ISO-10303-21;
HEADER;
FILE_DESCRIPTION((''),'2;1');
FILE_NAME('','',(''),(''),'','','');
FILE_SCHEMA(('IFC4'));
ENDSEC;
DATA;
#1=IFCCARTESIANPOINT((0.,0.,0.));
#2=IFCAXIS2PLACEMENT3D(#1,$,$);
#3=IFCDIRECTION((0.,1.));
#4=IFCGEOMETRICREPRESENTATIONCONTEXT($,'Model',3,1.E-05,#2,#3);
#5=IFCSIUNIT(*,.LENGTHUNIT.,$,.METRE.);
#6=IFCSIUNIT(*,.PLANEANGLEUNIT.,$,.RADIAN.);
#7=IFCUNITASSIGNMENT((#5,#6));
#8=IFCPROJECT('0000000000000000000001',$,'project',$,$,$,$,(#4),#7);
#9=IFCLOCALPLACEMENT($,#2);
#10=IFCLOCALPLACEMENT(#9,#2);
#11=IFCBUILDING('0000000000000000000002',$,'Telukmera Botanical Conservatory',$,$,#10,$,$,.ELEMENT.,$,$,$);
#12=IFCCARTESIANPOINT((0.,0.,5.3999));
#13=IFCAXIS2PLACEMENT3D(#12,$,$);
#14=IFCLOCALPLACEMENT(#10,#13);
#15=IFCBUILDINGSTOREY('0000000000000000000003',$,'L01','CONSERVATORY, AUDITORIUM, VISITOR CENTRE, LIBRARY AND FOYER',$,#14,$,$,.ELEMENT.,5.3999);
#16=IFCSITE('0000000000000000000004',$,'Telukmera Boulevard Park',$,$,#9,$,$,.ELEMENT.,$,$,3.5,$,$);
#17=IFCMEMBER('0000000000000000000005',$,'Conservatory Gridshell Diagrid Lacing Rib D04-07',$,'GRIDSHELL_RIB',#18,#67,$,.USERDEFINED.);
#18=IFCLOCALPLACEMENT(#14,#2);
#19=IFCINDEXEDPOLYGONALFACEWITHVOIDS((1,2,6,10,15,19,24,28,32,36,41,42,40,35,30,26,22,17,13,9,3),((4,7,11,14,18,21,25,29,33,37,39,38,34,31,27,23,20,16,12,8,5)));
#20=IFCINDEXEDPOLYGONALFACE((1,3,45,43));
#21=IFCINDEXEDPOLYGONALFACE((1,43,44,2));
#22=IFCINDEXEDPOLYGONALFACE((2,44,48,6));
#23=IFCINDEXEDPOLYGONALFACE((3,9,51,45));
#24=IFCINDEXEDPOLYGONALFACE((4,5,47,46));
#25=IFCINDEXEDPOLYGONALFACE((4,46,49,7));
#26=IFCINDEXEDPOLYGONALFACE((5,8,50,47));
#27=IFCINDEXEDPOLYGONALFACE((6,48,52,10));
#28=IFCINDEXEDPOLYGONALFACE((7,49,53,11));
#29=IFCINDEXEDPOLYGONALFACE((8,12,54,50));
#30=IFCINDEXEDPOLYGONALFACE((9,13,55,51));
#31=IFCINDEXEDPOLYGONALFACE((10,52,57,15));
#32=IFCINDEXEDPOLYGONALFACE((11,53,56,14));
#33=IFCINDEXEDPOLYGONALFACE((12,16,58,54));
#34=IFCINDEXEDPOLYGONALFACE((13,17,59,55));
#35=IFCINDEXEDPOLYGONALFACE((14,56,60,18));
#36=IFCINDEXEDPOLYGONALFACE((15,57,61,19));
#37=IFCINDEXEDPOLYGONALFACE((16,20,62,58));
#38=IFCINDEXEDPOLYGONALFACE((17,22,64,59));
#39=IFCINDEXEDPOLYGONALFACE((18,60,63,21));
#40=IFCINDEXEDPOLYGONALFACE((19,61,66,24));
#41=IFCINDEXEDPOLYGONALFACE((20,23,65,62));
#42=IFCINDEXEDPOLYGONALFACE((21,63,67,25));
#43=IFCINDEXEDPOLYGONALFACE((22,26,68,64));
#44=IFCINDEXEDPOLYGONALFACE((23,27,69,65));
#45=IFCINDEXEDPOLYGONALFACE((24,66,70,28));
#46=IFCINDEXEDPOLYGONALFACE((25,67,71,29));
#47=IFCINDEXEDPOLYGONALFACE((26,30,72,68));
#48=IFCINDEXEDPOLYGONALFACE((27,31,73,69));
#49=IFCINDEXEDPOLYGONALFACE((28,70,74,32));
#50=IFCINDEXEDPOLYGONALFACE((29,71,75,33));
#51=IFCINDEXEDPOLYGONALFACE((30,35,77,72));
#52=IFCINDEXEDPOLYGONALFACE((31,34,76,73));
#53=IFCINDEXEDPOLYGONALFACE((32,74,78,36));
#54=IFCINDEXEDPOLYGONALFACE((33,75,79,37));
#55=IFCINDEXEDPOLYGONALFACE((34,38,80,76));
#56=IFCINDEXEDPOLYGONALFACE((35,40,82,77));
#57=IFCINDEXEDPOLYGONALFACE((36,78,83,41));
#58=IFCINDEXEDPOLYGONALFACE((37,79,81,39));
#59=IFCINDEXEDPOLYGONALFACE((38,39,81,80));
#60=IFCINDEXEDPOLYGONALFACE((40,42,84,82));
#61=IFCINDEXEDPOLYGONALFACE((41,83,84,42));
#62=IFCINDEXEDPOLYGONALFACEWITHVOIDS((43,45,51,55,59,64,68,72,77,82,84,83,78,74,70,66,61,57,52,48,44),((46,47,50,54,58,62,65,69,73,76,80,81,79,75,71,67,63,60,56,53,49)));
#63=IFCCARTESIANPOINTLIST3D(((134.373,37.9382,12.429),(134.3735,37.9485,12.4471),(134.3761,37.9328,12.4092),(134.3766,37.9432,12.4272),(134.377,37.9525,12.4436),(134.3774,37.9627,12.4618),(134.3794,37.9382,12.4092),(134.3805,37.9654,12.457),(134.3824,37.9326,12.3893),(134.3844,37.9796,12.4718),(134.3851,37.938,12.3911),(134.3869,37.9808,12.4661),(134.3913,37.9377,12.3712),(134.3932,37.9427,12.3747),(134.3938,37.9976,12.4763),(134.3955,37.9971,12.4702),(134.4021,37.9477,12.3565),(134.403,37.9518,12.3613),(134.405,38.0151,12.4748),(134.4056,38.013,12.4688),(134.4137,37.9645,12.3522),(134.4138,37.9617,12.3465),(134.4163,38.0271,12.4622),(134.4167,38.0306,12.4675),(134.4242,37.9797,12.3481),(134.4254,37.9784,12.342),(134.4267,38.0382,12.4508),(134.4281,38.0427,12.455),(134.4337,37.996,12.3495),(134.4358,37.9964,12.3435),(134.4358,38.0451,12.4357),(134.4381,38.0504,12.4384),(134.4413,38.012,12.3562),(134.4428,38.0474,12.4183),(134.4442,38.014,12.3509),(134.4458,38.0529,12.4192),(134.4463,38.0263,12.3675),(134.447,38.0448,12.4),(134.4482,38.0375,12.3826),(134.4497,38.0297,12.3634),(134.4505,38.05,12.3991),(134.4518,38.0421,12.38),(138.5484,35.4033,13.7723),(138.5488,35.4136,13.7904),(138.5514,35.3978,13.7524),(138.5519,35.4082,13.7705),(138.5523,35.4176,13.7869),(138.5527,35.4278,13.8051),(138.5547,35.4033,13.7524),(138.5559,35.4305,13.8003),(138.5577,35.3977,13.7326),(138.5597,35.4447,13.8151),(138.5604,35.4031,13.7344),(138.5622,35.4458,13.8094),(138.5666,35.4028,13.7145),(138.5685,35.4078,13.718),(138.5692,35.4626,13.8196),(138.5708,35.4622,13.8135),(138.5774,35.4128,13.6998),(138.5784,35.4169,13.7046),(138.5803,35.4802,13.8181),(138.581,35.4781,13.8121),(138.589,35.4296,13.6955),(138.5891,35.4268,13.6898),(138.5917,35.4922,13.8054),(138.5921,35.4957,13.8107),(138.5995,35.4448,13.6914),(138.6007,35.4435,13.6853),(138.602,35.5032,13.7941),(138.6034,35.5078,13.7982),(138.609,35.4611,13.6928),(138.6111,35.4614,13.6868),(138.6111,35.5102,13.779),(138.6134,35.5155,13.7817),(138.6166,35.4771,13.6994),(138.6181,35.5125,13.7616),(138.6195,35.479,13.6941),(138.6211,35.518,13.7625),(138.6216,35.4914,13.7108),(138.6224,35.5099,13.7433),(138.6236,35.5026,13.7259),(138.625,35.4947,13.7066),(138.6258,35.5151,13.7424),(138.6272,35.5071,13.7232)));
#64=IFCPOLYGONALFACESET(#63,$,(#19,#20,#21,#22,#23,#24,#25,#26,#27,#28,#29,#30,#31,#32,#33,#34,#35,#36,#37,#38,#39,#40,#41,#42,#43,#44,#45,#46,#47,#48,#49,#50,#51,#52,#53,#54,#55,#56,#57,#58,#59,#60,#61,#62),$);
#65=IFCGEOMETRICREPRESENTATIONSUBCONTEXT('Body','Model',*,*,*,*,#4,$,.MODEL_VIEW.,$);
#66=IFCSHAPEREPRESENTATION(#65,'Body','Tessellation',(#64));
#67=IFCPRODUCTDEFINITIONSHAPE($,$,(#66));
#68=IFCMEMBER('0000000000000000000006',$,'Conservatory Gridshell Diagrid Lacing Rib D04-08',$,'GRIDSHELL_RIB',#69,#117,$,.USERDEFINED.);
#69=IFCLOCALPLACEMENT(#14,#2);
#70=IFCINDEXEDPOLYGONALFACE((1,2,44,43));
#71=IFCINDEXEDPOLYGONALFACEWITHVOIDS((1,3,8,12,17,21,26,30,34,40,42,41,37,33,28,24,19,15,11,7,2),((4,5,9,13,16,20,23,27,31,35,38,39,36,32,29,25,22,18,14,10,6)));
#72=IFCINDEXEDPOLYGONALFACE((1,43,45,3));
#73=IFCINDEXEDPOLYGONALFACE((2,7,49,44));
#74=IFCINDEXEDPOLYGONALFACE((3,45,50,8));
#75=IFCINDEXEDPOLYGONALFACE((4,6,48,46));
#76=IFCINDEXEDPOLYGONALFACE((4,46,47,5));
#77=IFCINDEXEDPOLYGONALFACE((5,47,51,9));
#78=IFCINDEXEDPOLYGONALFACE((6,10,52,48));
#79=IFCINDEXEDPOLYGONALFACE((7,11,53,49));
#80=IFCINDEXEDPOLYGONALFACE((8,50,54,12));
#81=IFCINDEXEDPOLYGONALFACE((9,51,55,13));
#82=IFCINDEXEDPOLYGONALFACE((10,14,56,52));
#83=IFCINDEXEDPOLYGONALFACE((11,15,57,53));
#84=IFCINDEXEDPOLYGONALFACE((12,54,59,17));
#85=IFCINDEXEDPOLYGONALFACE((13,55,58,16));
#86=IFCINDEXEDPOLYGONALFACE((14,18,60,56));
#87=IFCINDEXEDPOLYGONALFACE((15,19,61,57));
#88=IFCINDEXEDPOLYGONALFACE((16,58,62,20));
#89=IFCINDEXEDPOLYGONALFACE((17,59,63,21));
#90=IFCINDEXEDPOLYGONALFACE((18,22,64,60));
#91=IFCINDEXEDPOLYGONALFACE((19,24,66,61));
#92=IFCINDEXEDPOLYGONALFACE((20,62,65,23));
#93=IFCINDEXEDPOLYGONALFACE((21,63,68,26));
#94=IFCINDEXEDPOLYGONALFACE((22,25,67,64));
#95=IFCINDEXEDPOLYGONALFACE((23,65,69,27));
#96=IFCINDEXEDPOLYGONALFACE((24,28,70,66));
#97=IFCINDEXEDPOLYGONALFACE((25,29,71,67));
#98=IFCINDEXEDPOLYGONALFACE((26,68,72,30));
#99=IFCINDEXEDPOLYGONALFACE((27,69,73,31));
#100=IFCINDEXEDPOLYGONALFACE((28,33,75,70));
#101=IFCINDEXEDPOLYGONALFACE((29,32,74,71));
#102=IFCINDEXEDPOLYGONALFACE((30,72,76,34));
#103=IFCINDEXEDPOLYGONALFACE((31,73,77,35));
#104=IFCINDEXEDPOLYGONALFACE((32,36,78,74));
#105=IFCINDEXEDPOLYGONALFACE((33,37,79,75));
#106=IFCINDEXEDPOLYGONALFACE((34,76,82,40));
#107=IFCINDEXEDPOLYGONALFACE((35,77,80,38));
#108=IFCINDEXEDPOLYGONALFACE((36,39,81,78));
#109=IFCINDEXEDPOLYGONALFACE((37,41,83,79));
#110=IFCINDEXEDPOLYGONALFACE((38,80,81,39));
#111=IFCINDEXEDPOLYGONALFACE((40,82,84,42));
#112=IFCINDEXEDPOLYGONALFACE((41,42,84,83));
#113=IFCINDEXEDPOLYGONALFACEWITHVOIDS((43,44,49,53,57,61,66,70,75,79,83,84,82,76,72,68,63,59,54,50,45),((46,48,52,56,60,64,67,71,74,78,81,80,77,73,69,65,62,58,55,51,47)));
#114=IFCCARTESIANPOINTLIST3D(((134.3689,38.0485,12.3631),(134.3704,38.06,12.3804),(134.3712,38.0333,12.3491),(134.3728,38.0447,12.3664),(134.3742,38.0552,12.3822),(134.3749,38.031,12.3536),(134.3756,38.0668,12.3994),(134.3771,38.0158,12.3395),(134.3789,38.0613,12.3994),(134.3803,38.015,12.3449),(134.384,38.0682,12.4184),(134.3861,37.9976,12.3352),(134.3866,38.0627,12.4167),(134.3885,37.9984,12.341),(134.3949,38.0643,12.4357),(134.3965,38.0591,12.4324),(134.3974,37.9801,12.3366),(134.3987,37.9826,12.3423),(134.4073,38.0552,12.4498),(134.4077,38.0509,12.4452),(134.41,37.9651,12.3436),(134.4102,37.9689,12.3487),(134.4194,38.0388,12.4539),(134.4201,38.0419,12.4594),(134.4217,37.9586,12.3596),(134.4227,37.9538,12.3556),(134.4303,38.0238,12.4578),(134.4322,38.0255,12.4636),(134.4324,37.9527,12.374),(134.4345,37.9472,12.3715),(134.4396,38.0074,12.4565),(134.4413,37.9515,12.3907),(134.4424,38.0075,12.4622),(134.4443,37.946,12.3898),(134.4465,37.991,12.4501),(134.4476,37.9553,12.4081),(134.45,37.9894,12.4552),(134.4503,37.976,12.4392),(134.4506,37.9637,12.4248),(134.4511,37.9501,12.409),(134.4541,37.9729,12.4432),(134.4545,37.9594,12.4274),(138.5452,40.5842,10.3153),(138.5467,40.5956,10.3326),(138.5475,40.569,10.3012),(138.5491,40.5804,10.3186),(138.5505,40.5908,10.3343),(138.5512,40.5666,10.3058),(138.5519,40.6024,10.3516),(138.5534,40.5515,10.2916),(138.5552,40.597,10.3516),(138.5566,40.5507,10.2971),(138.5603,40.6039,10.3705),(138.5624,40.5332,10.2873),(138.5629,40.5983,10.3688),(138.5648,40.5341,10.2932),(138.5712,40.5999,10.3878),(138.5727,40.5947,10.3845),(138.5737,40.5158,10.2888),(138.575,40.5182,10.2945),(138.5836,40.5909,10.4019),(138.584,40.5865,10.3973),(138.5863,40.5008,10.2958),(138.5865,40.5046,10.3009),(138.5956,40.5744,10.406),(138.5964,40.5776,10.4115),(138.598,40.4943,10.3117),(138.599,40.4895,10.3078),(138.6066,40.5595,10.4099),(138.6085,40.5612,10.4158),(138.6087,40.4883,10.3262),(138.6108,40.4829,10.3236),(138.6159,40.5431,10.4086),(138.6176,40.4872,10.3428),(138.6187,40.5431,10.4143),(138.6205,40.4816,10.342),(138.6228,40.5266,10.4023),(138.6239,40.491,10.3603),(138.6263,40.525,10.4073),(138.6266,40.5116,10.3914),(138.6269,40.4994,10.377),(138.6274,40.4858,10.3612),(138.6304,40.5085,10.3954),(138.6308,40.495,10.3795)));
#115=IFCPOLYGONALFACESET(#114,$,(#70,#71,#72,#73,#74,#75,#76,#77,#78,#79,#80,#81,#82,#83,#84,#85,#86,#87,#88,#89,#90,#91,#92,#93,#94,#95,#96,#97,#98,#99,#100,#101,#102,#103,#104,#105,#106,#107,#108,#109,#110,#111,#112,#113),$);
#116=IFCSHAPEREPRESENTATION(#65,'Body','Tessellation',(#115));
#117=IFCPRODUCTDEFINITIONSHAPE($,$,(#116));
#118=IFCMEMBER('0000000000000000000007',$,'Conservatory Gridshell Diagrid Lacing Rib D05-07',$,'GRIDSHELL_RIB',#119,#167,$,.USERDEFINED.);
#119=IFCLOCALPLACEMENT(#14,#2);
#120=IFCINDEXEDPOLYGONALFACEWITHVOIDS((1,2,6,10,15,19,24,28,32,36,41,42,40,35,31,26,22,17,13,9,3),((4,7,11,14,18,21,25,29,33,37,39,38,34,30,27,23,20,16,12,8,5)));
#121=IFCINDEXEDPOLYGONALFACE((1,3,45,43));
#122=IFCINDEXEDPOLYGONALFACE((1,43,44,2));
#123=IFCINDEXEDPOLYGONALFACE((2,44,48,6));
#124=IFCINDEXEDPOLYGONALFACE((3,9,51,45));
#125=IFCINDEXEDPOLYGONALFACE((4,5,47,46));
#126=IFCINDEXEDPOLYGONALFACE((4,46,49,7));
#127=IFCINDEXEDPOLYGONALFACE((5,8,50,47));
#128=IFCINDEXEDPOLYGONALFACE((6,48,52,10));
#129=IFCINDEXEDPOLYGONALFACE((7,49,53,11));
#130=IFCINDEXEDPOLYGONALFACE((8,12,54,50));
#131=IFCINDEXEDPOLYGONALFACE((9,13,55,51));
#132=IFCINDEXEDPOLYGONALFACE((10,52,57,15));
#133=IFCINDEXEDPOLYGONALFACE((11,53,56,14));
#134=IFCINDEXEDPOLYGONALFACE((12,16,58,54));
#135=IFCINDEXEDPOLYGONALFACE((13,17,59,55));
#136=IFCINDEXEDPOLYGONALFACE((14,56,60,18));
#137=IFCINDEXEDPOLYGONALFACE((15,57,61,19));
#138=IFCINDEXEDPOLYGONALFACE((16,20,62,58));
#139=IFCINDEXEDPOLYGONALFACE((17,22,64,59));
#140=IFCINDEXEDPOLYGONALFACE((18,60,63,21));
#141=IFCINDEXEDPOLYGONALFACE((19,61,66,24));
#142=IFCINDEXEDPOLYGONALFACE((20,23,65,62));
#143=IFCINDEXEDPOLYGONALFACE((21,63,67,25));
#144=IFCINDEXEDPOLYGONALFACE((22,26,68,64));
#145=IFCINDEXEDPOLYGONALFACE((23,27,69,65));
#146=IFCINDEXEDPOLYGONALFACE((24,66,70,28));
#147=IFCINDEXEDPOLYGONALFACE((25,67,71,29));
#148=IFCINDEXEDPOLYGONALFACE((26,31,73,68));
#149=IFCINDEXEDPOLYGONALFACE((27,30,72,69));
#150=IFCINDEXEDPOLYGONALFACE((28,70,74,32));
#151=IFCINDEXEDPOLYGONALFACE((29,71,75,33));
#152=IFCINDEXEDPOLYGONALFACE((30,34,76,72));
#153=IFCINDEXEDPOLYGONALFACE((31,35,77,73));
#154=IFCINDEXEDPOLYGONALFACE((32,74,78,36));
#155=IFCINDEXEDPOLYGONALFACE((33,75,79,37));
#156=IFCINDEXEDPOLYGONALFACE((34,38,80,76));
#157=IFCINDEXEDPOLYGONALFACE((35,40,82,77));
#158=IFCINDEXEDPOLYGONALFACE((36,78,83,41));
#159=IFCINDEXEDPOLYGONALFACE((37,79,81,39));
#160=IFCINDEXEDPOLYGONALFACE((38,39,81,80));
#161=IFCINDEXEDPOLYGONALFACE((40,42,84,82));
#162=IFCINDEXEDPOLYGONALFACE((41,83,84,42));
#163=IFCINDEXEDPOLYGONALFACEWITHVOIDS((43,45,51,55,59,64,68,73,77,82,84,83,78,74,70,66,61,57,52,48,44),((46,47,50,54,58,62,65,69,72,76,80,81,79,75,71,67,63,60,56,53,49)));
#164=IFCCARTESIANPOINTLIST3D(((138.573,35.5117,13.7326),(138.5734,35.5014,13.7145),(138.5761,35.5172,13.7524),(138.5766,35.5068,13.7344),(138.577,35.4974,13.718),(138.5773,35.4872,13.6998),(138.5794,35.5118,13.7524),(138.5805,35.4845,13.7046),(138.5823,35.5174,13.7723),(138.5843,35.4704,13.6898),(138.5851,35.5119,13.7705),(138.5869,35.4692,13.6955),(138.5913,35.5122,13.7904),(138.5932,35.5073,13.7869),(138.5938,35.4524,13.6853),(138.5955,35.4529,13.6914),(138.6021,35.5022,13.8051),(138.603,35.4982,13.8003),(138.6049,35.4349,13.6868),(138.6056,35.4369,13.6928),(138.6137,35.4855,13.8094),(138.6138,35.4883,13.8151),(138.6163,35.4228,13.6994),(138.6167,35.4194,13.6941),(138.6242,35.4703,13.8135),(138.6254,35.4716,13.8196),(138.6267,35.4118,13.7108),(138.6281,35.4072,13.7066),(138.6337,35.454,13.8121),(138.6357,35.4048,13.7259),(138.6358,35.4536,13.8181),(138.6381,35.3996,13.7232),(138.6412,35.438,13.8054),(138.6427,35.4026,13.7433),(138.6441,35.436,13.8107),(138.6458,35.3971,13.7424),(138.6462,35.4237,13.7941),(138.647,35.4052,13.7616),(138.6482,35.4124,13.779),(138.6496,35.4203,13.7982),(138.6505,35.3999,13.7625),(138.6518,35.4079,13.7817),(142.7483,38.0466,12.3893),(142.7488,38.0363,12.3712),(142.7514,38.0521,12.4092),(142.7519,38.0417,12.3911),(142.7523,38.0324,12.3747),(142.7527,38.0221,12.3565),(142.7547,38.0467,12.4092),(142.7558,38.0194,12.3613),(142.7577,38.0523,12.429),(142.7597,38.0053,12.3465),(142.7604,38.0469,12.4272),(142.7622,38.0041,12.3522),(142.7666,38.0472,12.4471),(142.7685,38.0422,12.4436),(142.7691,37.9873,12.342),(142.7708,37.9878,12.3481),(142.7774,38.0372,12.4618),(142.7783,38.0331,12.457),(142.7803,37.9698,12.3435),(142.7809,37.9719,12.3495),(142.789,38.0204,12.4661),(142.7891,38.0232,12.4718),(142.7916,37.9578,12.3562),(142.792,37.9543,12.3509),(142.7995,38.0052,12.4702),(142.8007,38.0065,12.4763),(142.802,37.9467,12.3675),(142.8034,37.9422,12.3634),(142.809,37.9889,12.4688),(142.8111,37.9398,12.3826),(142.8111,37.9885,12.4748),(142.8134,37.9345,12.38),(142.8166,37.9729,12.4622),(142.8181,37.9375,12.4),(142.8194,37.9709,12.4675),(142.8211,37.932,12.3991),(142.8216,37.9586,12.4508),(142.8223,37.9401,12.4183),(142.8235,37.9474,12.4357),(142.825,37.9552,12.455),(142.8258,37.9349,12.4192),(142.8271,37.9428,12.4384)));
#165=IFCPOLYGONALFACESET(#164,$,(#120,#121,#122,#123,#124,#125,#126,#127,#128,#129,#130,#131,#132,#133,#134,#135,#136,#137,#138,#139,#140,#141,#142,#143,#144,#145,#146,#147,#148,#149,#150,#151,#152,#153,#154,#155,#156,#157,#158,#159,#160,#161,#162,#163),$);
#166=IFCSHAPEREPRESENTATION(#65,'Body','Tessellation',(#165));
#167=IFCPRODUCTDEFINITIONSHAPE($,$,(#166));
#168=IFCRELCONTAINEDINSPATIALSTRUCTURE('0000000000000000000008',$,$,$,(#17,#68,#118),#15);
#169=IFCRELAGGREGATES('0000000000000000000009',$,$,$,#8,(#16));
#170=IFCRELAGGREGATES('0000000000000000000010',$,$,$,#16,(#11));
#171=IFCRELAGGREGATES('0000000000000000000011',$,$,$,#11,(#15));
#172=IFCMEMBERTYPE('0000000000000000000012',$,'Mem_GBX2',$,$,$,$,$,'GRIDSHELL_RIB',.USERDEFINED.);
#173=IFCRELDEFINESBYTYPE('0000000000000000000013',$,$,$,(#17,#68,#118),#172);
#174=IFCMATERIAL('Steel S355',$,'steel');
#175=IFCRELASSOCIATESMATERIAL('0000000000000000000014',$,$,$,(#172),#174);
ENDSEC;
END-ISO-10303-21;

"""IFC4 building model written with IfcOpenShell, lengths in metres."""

from ifc_helpers import new_model, si_unit, direction, frame, origin, origin_2d, place, context, subcontext, project, spatial, hollow_circle, extrude, material, material_profile, profile_set, type_object, element, save


model = new_model("IFC4")

# Units and contexts
model_context = context("Model", 3, precision=1e-05, world=origin(), true_north=direction((0.0, 1.0)))
body_context = subcontext(model_context, "Body", "Model", "MODEL_VIEW")
ifc_project = project(units=[si_unit("LENGTHUNIT", "METRE"), si_unit("PLANEANGLEUNIT", "RADIAN")], contexts=[model_context])

# Site, building, storey
site_placement = place(None, origin())
site = spatial("IfcSite", under=ifc_project, at=site_placement, Name="Telukmera Boulevard Park", CompositionType="ELEMENT", RefElevation=3.5)
building_placement = place(site_placement, origin())
building = spatial("IfcBuilding", under=site, at=building_placement, Name="Telukmera Botanical Conservatory", CompositionType="ELEMENT")
storey_placement = place(building_placement, frame((0.0, 0.0, 5.3999)))
storey = spatial("IfcBuildingStorey", under=building, at=storey_placement, Name="L01", Description="CONSERVATORY, AUDITORIUM, VISITOR CENTRE, LIBRARY AND FOYER", CompositionType="ELEMENT", Elevation=5.3999)

# Members
ifc_material = material(Name="Steel S355", Category="steel")
ifc_material_profile_1 = material_profile(ifc_material, hollow_circle(Radius=0.0698, WallThickness=0.0063, at=origin_2d()), Name="CHS 139.7x6.3")
ifc_profile_set_1 = profile_set([ifc_material_profile_1], Name="Steel S355")
member_type_1 = type_object("IfcMemberType", Name="Mem_GBX2", ElementType="GRIDSHELL_RIB", PredefinedType="USERDEFINED", material=ifc_profile_set_1)
member_1_placement = place(storey_placement, frame((138.5876, 35.4575, 13.7524), z_axis=(-0.824198, 0.500389, -0.265158), x_axis=(-0.518965, -0.854795, 0.0)))
element("IfcMember", 1, at=member_1_placement, inside=storey, type_object=member_type_1, Name="Conservatory Gridshell Diagrid Lacing Rib D04-07", ObjectType="GRIDSHELL_RIB", PredefinedType="USERDEFINED", context=body_context, shape_type="SweptSolid", body=[
    extrude(hollow_circle(Radius=0.0698, WallThickness=0.0063, at=origin_2d()), origin(), (0.0, 0.0, 1.0), 5.0659),
])
member_2_placement = place(storey_placement, frame((134.4119, 38.0071, 12.3994), z_axis=(0.788334, 0.478642, -0.386563), x_axis=(-0.518986, 0.854783, 0.0)))
element("IfcMember", 2, at=member_2_placement, inside=storey, type_object=member_type_1, Name="Conservatory Gridshell Diagrid Lacing Rib D04-08", ObjectType="GRIDSHELL_RIB", PredefinedType="USERDEFINED", context=body_context, shape_type="SweptSolid", body=[
    extrude(hollow_circle(Radius=0.0698, WallThickness=0.0063, at=origin_2d()), origin(), (0.0, 0.0, 1.0), 5.2976),
])
member_3_placement = place(storey_placement, frame((138.6123, 35.4575, 13.7524), z_axis=(0.824198, 0.500389, -0.265158), x_axis=(-0.518965, 0.854795, 0.0)))
element("IfcMember", 3, at=member_3_placement, inside=storey, type_object=member_type_1, Name="Conservatory Gridshell Diagrid Lacing Rib D05-07", ObjectType="GRIDSHELL_RIB", PredefinedType="USERDEFINED", context=body_context, shape_type="SweptSolid", body=[
    extrude(hollow_circle(Radius=0.0698, WallThickness=0.0063, at=origin_2d()), origin(), (0.0, 0.0, 1.0), 5.0659),
])

save(model, "model.ifc")
